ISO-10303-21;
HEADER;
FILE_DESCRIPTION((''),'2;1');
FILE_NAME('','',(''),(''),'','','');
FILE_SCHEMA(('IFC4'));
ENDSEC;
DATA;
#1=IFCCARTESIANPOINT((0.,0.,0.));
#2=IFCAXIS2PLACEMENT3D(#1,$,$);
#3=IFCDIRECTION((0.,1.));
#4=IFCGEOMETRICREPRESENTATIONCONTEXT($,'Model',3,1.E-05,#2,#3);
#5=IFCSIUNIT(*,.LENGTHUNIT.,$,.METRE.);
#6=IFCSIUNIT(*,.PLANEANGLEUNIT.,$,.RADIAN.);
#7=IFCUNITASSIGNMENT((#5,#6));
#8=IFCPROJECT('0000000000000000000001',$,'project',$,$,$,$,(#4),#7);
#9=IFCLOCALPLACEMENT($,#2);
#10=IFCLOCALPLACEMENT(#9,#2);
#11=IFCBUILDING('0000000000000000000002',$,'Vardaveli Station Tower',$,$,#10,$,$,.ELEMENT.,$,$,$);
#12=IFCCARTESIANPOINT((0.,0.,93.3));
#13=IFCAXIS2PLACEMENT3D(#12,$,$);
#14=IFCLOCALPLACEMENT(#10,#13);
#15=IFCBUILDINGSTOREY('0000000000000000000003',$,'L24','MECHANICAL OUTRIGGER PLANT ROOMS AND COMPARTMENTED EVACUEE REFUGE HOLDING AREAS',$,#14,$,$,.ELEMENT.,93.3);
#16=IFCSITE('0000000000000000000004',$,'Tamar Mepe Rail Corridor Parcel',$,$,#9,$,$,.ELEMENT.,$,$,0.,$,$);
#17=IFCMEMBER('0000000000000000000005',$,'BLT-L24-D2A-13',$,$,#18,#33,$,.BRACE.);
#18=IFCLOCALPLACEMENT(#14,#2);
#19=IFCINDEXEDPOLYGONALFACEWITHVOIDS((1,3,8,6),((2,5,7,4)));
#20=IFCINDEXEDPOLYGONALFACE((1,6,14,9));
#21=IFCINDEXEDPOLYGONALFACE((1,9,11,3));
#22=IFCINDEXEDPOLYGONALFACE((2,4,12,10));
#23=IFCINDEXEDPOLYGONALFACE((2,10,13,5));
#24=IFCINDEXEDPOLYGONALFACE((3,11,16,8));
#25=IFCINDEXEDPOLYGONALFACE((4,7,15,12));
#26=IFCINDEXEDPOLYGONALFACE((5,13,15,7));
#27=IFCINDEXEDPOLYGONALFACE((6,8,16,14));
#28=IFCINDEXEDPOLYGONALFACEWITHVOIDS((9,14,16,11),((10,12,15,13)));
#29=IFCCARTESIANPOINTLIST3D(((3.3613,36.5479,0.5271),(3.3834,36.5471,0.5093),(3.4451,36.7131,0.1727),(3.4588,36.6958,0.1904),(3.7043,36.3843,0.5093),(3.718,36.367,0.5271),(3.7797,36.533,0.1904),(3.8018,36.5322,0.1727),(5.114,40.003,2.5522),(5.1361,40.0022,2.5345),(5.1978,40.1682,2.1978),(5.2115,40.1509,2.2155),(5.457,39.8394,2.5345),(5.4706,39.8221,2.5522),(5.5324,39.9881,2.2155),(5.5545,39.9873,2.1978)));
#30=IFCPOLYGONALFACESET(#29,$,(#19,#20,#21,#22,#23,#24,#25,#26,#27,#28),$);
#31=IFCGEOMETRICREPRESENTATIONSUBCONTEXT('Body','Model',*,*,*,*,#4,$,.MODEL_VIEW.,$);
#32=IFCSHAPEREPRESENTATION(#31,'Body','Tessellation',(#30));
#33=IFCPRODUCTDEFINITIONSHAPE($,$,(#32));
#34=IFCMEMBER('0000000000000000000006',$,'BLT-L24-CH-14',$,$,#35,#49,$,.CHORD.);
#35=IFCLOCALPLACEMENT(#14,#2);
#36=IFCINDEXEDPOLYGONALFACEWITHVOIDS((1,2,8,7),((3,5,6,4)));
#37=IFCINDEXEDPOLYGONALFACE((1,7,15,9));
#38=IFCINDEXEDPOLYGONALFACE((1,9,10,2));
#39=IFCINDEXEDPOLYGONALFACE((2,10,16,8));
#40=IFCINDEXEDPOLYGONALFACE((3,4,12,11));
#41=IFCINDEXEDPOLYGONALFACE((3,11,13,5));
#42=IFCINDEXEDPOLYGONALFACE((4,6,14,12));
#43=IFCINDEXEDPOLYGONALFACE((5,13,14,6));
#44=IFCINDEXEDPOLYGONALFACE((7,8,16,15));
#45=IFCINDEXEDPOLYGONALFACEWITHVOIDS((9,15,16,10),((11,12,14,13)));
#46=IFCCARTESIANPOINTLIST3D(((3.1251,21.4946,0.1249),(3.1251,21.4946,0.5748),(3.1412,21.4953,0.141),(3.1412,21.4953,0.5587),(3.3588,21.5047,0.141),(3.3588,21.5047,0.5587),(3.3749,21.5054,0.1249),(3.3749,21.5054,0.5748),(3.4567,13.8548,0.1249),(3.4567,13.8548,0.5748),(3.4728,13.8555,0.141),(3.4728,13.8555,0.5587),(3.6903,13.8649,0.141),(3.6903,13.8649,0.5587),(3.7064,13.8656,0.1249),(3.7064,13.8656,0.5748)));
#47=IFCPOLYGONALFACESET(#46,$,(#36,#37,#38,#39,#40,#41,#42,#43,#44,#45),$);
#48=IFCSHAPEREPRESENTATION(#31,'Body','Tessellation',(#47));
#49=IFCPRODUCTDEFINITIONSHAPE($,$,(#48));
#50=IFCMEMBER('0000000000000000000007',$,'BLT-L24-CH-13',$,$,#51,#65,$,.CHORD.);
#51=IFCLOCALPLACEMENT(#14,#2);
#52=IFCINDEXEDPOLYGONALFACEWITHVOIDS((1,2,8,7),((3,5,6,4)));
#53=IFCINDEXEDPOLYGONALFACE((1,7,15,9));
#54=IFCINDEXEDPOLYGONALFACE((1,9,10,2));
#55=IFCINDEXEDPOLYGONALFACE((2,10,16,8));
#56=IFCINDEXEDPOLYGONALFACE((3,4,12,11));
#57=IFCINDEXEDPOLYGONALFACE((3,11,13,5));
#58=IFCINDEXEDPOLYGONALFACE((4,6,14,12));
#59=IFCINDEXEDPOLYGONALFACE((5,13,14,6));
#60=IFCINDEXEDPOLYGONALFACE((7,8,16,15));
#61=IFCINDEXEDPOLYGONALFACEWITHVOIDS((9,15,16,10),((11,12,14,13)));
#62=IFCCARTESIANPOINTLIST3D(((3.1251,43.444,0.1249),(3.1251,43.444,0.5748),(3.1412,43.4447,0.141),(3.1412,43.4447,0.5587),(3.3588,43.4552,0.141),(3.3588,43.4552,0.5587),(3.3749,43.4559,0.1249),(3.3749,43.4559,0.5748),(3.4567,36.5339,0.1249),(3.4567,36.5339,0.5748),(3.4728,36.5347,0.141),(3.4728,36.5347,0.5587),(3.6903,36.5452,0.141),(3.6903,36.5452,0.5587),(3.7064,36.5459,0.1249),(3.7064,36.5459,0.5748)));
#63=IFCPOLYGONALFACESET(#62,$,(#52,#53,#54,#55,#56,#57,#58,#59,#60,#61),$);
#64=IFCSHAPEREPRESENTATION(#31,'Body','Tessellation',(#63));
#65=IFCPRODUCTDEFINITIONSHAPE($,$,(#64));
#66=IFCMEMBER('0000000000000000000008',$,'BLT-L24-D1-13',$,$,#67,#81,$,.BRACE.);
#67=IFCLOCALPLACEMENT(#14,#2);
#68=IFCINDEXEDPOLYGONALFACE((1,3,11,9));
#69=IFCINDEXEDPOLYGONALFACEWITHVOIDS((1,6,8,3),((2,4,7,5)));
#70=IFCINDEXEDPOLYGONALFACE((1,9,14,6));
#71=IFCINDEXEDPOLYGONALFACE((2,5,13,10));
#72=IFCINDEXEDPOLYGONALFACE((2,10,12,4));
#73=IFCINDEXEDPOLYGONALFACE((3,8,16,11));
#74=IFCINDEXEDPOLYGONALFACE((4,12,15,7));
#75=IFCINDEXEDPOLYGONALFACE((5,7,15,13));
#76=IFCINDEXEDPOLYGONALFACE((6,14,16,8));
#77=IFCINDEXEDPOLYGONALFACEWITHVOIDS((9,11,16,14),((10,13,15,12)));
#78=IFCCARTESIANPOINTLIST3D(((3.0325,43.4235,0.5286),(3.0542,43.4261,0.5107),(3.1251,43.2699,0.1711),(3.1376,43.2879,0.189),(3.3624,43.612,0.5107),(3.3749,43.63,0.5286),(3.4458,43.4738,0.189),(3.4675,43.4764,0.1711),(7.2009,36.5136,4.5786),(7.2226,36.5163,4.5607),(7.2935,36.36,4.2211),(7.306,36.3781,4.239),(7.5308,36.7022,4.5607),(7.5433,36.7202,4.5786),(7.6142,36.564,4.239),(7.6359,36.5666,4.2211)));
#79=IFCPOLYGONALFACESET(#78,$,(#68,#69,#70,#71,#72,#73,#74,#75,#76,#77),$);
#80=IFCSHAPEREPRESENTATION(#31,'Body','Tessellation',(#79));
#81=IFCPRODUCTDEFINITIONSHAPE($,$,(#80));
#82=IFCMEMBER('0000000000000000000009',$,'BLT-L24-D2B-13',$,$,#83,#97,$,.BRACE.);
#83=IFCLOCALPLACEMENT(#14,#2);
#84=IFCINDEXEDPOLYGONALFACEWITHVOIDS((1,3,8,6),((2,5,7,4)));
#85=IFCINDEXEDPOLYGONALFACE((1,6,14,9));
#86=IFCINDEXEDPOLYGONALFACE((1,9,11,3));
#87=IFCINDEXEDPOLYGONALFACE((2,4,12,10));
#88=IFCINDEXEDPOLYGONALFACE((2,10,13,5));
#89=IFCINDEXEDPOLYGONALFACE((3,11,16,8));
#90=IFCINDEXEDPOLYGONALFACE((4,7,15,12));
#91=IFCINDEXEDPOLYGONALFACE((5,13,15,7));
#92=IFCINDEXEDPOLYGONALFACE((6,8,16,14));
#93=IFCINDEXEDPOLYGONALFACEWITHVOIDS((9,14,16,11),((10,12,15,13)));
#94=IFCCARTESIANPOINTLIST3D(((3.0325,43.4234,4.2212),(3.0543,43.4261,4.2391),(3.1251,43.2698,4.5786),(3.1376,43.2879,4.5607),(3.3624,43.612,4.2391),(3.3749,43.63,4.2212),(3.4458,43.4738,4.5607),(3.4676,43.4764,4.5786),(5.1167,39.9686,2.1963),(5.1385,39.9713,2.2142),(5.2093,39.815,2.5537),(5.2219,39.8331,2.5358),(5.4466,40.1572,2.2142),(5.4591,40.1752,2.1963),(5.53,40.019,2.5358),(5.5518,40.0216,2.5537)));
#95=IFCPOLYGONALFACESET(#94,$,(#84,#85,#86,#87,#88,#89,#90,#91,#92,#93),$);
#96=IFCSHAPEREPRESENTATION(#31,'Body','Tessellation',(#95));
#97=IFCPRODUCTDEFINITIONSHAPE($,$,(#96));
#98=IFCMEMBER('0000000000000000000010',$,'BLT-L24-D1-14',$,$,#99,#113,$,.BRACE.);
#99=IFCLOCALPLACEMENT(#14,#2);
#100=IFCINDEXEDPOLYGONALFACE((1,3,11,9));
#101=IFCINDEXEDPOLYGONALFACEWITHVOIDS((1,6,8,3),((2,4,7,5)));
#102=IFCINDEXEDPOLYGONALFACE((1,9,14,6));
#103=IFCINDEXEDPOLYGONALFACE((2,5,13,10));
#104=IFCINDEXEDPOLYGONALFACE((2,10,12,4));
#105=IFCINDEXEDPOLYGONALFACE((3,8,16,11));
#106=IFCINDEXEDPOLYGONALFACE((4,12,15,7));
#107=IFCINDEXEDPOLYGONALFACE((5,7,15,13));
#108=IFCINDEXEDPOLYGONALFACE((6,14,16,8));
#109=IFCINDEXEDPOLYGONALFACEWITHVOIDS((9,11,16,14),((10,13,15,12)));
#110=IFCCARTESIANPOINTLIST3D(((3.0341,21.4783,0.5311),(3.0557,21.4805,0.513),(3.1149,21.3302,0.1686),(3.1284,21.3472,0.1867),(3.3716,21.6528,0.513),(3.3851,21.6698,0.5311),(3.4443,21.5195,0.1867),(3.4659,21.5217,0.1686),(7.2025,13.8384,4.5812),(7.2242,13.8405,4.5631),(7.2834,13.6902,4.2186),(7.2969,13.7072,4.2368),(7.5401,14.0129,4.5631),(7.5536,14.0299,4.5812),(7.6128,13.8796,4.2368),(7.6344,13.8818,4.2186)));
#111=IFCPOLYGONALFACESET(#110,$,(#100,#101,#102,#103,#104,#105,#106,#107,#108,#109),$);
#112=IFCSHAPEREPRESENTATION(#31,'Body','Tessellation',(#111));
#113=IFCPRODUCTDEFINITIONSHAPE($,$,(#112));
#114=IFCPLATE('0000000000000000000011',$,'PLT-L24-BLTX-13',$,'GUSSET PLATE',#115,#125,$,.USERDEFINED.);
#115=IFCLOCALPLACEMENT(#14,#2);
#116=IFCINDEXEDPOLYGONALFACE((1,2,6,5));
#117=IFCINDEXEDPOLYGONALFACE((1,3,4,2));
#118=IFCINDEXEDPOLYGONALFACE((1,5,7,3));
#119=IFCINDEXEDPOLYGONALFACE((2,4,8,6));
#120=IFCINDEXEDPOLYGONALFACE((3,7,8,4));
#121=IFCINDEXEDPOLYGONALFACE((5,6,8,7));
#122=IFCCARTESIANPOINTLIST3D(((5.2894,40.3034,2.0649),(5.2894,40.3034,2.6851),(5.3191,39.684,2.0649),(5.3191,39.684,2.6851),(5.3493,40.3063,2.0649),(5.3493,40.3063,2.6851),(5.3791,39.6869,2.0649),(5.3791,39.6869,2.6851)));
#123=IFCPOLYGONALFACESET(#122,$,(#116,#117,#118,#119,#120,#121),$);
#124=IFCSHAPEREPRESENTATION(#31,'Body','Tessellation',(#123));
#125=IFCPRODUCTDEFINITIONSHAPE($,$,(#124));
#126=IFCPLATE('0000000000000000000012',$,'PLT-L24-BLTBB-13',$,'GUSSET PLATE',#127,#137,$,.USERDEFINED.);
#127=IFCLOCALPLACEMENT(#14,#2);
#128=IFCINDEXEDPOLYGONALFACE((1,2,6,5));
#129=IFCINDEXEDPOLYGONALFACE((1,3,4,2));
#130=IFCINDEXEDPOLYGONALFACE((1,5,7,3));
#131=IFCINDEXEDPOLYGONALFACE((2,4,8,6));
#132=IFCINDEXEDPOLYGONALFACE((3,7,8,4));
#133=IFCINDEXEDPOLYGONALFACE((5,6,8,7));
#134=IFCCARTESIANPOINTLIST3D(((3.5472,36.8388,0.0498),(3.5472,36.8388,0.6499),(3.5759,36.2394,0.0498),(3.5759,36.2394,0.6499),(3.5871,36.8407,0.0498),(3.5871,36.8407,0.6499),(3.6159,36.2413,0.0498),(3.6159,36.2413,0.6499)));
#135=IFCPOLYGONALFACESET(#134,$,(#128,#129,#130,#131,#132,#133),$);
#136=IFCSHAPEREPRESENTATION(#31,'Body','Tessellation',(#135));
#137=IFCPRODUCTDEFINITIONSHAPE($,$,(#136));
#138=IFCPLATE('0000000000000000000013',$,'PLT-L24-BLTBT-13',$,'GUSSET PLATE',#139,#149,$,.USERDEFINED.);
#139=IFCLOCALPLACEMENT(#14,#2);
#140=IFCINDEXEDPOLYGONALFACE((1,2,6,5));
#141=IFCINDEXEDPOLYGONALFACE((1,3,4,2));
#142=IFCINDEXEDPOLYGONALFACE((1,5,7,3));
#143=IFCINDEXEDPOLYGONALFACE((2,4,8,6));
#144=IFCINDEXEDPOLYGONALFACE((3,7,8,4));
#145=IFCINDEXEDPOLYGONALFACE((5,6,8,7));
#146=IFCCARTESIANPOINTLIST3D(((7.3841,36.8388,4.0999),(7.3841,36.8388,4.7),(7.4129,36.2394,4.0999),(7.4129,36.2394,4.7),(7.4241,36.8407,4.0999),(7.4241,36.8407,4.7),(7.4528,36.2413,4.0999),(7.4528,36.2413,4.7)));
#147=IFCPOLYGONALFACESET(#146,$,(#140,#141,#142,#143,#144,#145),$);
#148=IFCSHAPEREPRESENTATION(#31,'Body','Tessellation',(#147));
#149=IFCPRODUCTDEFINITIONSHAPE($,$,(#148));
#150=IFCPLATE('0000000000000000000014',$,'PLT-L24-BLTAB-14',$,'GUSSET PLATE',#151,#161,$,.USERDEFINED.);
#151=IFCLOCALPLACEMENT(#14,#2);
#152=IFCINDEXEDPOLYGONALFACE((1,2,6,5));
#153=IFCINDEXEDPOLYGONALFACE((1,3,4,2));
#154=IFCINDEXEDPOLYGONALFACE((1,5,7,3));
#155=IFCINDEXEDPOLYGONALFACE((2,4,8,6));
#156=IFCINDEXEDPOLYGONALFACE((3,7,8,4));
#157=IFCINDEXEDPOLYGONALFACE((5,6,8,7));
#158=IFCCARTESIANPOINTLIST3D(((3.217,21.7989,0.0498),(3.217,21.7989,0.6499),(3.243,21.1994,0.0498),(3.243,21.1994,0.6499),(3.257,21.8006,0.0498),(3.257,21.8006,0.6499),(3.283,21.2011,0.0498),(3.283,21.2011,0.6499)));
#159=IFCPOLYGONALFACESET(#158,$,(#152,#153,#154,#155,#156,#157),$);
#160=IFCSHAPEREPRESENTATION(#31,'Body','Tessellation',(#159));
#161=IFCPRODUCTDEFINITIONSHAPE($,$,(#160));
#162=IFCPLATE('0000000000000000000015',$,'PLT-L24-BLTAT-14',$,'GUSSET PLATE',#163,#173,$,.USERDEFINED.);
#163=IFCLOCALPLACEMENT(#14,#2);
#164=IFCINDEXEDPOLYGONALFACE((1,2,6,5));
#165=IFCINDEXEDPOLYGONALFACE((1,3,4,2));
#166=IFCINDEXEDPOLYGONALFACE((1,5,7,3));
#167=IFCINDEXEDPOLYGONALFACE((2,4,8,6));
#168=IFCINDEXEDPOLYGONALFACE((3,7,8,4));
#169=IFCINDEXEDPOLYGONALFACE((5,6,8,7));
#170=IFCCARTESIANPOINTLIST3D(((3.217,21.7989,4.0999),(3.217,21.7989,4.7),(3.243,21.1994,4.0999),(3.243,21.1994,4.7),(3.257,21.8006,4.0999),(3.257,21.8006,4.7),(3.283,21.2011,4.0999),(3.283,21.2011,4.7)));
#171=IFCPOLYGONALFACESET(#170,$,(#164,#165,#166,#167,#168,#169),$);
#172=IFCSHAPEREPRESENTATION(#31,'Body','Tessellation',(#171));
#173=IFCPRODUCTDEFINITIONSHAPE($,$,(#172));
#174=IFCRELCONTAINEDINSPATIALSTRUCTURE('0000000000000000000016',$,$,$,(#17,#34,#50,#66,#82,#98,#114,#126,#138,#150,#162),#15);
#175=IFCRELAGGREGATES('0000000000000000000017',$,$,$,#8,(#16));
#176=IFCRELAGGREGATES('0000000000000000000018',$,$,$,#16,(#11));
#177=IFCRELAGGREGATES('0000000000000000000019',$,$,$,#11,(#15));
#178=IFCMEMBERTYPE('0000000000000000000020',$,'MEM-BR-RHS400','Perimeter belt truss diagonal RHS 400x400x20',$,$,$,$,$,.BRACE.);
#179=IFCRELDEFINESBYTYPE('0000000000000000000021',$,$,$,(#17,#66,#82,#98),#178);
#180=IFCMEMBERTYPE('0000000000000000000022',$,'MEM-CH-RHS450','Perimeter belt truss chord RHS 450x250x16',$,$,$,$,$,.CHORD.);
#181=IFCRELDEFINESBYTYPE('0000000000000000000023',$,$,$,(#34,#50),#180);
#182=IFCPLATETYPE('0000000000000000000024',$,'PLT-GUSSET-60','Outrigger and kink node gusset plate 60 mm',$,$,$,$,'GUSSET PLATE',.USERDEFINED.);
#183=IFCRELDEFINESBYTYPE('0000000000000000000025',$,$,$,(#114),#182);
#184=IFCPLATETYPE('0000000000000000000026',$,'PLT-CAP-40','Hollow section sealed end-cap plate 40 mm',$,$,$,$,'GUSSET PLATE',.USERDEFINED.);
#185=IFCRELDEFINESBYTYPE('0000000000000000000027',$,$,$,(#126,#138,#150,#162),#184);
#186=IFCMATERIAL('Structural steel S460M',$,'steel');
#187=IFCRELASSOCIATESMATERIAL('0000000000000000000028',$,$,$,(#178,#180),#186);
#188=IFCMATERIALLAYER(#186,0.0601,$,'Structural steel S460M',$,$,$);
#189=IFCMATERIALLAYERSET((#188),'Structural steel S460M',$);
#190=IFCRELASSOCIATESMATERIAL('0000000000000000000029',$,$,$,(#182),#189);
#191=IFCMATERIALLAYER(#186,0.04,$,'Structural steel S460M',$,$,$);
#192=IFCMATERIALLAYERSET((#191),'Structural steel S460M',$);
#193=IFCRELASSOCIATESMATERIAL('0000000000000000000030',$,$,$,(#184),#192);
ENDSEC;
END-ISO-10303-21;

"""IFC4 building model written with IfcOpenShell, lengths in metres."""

from ifc_helpers import new_model, si_unit, direction, frame, origin, origin_2d, place, context, subcontext, project, spatial, rectangle, hollow_rectangle, extrude, source, transform, mapped, material, layer, layer_set, material_profile, profile_set, type_object, element, save


model = new_model("IFC4")

# Units and contexts
model_context = context("Model", 3, precision=1e-05, world=origin(), true_north=direction((0.0, 1.0)))
body_context = subcontext(model_context, "Body", "Model", "MODEL_VIEW")
ifc_project = project(units=[si_unit("LENGTHUNIT", "METRE"), si_unit("PLANEANGLEUNIT", "RADIAN")], contexts=[model_context])

# Site, building, storey
site_placement = place(None, origin())
site = spatial("IfcSite", under=ifc_project, at=site_placement, Name="Tamar Mepe Rail Corridor Parcel", CompositionType="ELEMENT", RefElevation=0.0)
building_placement = place(site_placement, origin())
building = spatial("IfcBuilding", under=site, at=building_placement, Name="Vardaveli Station Tower", CompositionType="ELEMENT")
storey_placement = place(building_placement, frame((0.0, 0.0, 93.3)))
storey = spatial("IfcBuildingStorey", under=building, at=storey_placement, Name="L24", Description="MECHANICAL OUTRIGGER PLANT ROOMS AND COMPARTMENTED EVACUEE REFUGE HOLDING AREAS", CompositionType="ELEMENT", Elevation=93.3)

# Shared definitions
ifc_material_1 = material(Name="Structural steel S460M", Category="steel")

# Members
ifc_material_profile_1 = material_profile(ifc_material_1, hollow_rectangle(XDim=0.3999, YDim=0.3999, WallThickness=0.02, at=origin_2d()), Name="RHS 400x400x20")
ifc_profile_set_1 = profile_set([ifc_material_profile_1], Name="Structural steel S460M")
member_type_1 = type_object("IfcMemberType", Name="MEM-BR-RHS400", Description="Perimeter belt truss diagonal RHS 400x400x20", PredefinedType="BRACE", material=ifc_profile_set_1)
shared_shape_1 = source(origin(), body_context, "Body", "SweptSolid", [
    extrude(hollow_rectangle(XDim=0.3999, YDim=0.3999, WallThickness=0.02, at=origin_2d()), origin(), (0.0, 0.0, 1.0), 4.3716),
])
member_1_placement = place(storey_placement, frame((3.5815, 36.54, 0.3499), z_axis=(0.400927, 0.79035, 0.463253), x_axis=(-0.891816, 0.452399, 0.0)))
element("IfcMember", 1, at=member_1_placement, inside=storey, type_object=member_type_1, Name="BLT-L24-D2A-13", PredefinedType="BRACE", context=body_context, shape_type="MappedRepresentation", body=[
    mapped(shared_shape_1, transform((0.0, 0.0, 0.0), scale=1.0)),
])
ifc_material_profile_2 = material_profile(ifc_material_1, hollow_rectangle(XDim=0.25, YDim=0.45, WallThickness=0.0161, at=origin_2d()), Name="RHS 450x250x16")
ifc_profile_set_2 = profile_set([ifc_material_profile_2], Name="Structural steel S460M")
member_type_2 = type_object("IfcMemberType", Name="MEM-CH-RHS450", Description="Perimeter belt truss chord RHS 450x250x16", PredefinedType="CHORD", material=ifc_profile_set_2)
shared_shape_2 = source(origin(), body_context, "Body", "SweptSolid", [
    extrude(hollow_rectangle(XDim=0.25, YDim=0.45, WallThickness=0.0161, at=origin_2d()), origin(), (0.0, 0.0, 1.0), 7.647),
])
member_2_placement = place(storey_placement, frame((3.25, 21.5, 0.3499), z_axis=(0.043355, -0.99906, 0.0), x_axis=(0.99906, 0.043355, 0.0)))
element("IfcMember", 2, at=member_2_placement, inside=storey, type_object=member_type_2, Name="BLT-L24-CH-14", PredefinedType="CHORD", context=body_context, shape_type="MappedRepresentation", body=[
    mapped(shared_shape_2, transform((0.0, 0.0, 0.0), scale=1.0)),
])
shared_shape_3 = source(origin(), body_context, "Body", "SweptSolid", [
    extrude(hollow_rectangle(XDim=0.25, YDim=0.45, WallThickness=0.0161, at=origin_2d()), origin(), (0.0, 0.0, 1.0), 6.918),
])
member_3_placement = place(storey_placement, frame((3.25, 43.45, 0.3499), z_axis=(0.047926, -0.998851, 0.0), x_axis=(0.998851, 0.047926, 0.0)))
element("IfcMember", 3, at=member_3_placement, inside=storey, type_object=member_type_2, Name="BLT-L24-CH-13", PredefinedType="CHORD", context=body_context, shape_type="MappedRepresentation", body=[
    mapped(shared_shape_3, transform((0.0, 0.0, 0.0), scale=1.0)),
])
shared_shape_4 = source(origin(), body_context, "Body", "SweptSolid", [
    extrude(hollow_rectangle(XDim=0.3999, YDim=0.3999, WallThickness=0.02, at=origin_2d()), origin(), (0.0, 0.0, 1.0), 9.0291),
])
member_4_placement = place(storey_placement, frame((3.25, 43.45, 0.3499), z_axis=(0.461666, -0.765288, 0.448552), x_axis=(0.85626, 0.516545, 0.0)))
element("IfcMember", 4, at=member_4_placement, inside=storey, type_object=member_type_1, Name="BLT-L24-D1-13", PredefinedType="BRACE", context=body_context, shape_type="MappedRepresentation", body=[
    mapped(shared_shape_4, transform((0.0, 0.0, 0.0), scale=1.0)),
])
shared_shape_5 = source(origin(), body_context, "Body", "SweptSolid", [
    extrude(hollow_rectangle(XDim=0.3999, YDim=0.3999, WallThickness=0.02, at=origin_2d()), origin(), (0.0, 0.0, 1.0), 4.5144),
])
member_5_placement = place(storey_placement, frame((5.3342, 39.9951, 2.375), z_axis=(-0.461681, 0.765286, 0.44854), x_axis=(-0.856252, -0.516559, 0.0)))
element("IfcMember", 5, at=member_5_placement, inside=storey, type_object=member_type_1, Name="BLT-L24-D2B-13", PredefinedType="BRACE", context=body_context, shape_type="MappedRepresentation", body=[
    mapped(shared_shape_5, transform((0.0, 0.0, 0.0), scale=1.0)),
])
shared_shape_6 = source(origin(), body_context, "Body", "SweptSolid", [
    extrude(hollow_rectangle(XDim=0.3999, YDim=0.3999, WallThickness=0.02, at=origin_2d()), origin(), (0.0, 0.0, 1.0), 9.5994),
])
member_6_placement = place(storey_placement, frame((3.25, 21.5, 0.3499), z_axis=(0.434245, -0.795879, 0.42191), x_axis=(0.877836, 0.478962, 0.0)))
element("IfcMember", 6, at=member_6_placement, inside=storey, type_object=member_type_1, Name="BLT-L24-D1-14", PredefinedType="BRACE", context=body_context, shape_type="MappedRepresentation", body=[
    mapped(shared_shape_6, transform((0.0, 0.0, 0.0), scale=1.0)),
])

# Plates
ifc_layer_1 = layer(ifc_material_1, 0.0601, Name="Structural steel S460M")
ifc_layer_set_1 = layer_set([ifc_layer_1], Name="Structural steel S460M")
plate_type_1 = type_object("IfcPlateType", Name="PLT-GUSSET-60", Description="Outrigger and kink node gusset plate 60 mm", ElementType="GUSSET PLATE", PredefinedType="USERDEFINED", material=ifc_layer_set_1)
shared_shape_7 = source(origin(), body_context, "Body", "SweptSolid", [
    extrude(rectangle(XDim=0.6201, YDim=0.0601, at=origin_2d()), origin(), (0.0, 0.0, 1.0), 0.6201),
])
plate_placement = place(storey_placement, frame((5.3342, 39.9951, 2.0649), z_axis=(0.0, 0.0, 1.0), x_axis=(0.047978, -0.998848, 0.0)))
element("IfcPlate", 7, at=plate_placement, inside=storey, type_object=plate_type_1, Name="PLT-L24-BLTX-13", ObjectType="GUSSET PLATE", PredefinedType="USERDEFINED", context=body_context, shape_type="MappedRepresentation", body=[
    mapped(shared_shape_7, transform((0.0, 0.0, 0.0), scale=1.0)),
])
ifc_layer_2 = layer(ifc_material_1, 0.04, Name="Structural steel S460M")
ifc_layer_set_2 = layer_set([ifc_layer_2], Name="Structural steel S460M")
plate_type_2 = type_object("IfcPlateType", Name="PLT-CAP-40", Description="Hollow section sealed end-cap plate 40 mm", ElementType="GUSSET PLATE", PredefinedType="USERDEFINED", material=ifc_layer_set_2)
shared_shape_8 = source(origin(), body_context, "Body", "SweptSolid", [
    extrude(rectangle(XDim=0.6001, YDim=0.04, at=origin_2d()), origin(), (0.0, 0.0, 1.0), 0.6001),
])
for number, where, z_axis, x_axis, name in (
    (8, (3.5815, 36.54, 0.0498), (0.0, 0.0, 1.0), (0.047978, -0.998848, 0.0), "PLT-L24-BLTBB-13"),
    (9, (7.4185, 36.54, 4.0999), (0.0, 0.0, 1.0), (0.047978, -0.998848, 0.0), "PLT-L24-BLTBT-13"),
    (10, (3.25, 21.5, 0.0498), (0.0, 0.0, 1.0), (0.043445, -0.999056, 0.0), "PLT-L24-BLTAB-14"),
    (11, (3.25, 21.5, 4.0999), (0.0, 0.0, 1.0), (0.043445, -0.999056, 0.0), "PLT-L24-BLTAT-14"),
):
    element("IfcPlate", number, at=place(storey_placement, frame(where, z_axis=z_axis, x_axis=x_axis)), inside=storey, type_object=plate_type_2, Name=name, ObjectType="GUSSET PLATE", PredefinedType="USERDEFINED", context=body_context, shape_type="MappedRepresentation", body=[
        mapped(shared_shape_8, transform((0.0, 0.0, 0.0), scale=1.0)),
    ])

save(model, "model.ifc")
